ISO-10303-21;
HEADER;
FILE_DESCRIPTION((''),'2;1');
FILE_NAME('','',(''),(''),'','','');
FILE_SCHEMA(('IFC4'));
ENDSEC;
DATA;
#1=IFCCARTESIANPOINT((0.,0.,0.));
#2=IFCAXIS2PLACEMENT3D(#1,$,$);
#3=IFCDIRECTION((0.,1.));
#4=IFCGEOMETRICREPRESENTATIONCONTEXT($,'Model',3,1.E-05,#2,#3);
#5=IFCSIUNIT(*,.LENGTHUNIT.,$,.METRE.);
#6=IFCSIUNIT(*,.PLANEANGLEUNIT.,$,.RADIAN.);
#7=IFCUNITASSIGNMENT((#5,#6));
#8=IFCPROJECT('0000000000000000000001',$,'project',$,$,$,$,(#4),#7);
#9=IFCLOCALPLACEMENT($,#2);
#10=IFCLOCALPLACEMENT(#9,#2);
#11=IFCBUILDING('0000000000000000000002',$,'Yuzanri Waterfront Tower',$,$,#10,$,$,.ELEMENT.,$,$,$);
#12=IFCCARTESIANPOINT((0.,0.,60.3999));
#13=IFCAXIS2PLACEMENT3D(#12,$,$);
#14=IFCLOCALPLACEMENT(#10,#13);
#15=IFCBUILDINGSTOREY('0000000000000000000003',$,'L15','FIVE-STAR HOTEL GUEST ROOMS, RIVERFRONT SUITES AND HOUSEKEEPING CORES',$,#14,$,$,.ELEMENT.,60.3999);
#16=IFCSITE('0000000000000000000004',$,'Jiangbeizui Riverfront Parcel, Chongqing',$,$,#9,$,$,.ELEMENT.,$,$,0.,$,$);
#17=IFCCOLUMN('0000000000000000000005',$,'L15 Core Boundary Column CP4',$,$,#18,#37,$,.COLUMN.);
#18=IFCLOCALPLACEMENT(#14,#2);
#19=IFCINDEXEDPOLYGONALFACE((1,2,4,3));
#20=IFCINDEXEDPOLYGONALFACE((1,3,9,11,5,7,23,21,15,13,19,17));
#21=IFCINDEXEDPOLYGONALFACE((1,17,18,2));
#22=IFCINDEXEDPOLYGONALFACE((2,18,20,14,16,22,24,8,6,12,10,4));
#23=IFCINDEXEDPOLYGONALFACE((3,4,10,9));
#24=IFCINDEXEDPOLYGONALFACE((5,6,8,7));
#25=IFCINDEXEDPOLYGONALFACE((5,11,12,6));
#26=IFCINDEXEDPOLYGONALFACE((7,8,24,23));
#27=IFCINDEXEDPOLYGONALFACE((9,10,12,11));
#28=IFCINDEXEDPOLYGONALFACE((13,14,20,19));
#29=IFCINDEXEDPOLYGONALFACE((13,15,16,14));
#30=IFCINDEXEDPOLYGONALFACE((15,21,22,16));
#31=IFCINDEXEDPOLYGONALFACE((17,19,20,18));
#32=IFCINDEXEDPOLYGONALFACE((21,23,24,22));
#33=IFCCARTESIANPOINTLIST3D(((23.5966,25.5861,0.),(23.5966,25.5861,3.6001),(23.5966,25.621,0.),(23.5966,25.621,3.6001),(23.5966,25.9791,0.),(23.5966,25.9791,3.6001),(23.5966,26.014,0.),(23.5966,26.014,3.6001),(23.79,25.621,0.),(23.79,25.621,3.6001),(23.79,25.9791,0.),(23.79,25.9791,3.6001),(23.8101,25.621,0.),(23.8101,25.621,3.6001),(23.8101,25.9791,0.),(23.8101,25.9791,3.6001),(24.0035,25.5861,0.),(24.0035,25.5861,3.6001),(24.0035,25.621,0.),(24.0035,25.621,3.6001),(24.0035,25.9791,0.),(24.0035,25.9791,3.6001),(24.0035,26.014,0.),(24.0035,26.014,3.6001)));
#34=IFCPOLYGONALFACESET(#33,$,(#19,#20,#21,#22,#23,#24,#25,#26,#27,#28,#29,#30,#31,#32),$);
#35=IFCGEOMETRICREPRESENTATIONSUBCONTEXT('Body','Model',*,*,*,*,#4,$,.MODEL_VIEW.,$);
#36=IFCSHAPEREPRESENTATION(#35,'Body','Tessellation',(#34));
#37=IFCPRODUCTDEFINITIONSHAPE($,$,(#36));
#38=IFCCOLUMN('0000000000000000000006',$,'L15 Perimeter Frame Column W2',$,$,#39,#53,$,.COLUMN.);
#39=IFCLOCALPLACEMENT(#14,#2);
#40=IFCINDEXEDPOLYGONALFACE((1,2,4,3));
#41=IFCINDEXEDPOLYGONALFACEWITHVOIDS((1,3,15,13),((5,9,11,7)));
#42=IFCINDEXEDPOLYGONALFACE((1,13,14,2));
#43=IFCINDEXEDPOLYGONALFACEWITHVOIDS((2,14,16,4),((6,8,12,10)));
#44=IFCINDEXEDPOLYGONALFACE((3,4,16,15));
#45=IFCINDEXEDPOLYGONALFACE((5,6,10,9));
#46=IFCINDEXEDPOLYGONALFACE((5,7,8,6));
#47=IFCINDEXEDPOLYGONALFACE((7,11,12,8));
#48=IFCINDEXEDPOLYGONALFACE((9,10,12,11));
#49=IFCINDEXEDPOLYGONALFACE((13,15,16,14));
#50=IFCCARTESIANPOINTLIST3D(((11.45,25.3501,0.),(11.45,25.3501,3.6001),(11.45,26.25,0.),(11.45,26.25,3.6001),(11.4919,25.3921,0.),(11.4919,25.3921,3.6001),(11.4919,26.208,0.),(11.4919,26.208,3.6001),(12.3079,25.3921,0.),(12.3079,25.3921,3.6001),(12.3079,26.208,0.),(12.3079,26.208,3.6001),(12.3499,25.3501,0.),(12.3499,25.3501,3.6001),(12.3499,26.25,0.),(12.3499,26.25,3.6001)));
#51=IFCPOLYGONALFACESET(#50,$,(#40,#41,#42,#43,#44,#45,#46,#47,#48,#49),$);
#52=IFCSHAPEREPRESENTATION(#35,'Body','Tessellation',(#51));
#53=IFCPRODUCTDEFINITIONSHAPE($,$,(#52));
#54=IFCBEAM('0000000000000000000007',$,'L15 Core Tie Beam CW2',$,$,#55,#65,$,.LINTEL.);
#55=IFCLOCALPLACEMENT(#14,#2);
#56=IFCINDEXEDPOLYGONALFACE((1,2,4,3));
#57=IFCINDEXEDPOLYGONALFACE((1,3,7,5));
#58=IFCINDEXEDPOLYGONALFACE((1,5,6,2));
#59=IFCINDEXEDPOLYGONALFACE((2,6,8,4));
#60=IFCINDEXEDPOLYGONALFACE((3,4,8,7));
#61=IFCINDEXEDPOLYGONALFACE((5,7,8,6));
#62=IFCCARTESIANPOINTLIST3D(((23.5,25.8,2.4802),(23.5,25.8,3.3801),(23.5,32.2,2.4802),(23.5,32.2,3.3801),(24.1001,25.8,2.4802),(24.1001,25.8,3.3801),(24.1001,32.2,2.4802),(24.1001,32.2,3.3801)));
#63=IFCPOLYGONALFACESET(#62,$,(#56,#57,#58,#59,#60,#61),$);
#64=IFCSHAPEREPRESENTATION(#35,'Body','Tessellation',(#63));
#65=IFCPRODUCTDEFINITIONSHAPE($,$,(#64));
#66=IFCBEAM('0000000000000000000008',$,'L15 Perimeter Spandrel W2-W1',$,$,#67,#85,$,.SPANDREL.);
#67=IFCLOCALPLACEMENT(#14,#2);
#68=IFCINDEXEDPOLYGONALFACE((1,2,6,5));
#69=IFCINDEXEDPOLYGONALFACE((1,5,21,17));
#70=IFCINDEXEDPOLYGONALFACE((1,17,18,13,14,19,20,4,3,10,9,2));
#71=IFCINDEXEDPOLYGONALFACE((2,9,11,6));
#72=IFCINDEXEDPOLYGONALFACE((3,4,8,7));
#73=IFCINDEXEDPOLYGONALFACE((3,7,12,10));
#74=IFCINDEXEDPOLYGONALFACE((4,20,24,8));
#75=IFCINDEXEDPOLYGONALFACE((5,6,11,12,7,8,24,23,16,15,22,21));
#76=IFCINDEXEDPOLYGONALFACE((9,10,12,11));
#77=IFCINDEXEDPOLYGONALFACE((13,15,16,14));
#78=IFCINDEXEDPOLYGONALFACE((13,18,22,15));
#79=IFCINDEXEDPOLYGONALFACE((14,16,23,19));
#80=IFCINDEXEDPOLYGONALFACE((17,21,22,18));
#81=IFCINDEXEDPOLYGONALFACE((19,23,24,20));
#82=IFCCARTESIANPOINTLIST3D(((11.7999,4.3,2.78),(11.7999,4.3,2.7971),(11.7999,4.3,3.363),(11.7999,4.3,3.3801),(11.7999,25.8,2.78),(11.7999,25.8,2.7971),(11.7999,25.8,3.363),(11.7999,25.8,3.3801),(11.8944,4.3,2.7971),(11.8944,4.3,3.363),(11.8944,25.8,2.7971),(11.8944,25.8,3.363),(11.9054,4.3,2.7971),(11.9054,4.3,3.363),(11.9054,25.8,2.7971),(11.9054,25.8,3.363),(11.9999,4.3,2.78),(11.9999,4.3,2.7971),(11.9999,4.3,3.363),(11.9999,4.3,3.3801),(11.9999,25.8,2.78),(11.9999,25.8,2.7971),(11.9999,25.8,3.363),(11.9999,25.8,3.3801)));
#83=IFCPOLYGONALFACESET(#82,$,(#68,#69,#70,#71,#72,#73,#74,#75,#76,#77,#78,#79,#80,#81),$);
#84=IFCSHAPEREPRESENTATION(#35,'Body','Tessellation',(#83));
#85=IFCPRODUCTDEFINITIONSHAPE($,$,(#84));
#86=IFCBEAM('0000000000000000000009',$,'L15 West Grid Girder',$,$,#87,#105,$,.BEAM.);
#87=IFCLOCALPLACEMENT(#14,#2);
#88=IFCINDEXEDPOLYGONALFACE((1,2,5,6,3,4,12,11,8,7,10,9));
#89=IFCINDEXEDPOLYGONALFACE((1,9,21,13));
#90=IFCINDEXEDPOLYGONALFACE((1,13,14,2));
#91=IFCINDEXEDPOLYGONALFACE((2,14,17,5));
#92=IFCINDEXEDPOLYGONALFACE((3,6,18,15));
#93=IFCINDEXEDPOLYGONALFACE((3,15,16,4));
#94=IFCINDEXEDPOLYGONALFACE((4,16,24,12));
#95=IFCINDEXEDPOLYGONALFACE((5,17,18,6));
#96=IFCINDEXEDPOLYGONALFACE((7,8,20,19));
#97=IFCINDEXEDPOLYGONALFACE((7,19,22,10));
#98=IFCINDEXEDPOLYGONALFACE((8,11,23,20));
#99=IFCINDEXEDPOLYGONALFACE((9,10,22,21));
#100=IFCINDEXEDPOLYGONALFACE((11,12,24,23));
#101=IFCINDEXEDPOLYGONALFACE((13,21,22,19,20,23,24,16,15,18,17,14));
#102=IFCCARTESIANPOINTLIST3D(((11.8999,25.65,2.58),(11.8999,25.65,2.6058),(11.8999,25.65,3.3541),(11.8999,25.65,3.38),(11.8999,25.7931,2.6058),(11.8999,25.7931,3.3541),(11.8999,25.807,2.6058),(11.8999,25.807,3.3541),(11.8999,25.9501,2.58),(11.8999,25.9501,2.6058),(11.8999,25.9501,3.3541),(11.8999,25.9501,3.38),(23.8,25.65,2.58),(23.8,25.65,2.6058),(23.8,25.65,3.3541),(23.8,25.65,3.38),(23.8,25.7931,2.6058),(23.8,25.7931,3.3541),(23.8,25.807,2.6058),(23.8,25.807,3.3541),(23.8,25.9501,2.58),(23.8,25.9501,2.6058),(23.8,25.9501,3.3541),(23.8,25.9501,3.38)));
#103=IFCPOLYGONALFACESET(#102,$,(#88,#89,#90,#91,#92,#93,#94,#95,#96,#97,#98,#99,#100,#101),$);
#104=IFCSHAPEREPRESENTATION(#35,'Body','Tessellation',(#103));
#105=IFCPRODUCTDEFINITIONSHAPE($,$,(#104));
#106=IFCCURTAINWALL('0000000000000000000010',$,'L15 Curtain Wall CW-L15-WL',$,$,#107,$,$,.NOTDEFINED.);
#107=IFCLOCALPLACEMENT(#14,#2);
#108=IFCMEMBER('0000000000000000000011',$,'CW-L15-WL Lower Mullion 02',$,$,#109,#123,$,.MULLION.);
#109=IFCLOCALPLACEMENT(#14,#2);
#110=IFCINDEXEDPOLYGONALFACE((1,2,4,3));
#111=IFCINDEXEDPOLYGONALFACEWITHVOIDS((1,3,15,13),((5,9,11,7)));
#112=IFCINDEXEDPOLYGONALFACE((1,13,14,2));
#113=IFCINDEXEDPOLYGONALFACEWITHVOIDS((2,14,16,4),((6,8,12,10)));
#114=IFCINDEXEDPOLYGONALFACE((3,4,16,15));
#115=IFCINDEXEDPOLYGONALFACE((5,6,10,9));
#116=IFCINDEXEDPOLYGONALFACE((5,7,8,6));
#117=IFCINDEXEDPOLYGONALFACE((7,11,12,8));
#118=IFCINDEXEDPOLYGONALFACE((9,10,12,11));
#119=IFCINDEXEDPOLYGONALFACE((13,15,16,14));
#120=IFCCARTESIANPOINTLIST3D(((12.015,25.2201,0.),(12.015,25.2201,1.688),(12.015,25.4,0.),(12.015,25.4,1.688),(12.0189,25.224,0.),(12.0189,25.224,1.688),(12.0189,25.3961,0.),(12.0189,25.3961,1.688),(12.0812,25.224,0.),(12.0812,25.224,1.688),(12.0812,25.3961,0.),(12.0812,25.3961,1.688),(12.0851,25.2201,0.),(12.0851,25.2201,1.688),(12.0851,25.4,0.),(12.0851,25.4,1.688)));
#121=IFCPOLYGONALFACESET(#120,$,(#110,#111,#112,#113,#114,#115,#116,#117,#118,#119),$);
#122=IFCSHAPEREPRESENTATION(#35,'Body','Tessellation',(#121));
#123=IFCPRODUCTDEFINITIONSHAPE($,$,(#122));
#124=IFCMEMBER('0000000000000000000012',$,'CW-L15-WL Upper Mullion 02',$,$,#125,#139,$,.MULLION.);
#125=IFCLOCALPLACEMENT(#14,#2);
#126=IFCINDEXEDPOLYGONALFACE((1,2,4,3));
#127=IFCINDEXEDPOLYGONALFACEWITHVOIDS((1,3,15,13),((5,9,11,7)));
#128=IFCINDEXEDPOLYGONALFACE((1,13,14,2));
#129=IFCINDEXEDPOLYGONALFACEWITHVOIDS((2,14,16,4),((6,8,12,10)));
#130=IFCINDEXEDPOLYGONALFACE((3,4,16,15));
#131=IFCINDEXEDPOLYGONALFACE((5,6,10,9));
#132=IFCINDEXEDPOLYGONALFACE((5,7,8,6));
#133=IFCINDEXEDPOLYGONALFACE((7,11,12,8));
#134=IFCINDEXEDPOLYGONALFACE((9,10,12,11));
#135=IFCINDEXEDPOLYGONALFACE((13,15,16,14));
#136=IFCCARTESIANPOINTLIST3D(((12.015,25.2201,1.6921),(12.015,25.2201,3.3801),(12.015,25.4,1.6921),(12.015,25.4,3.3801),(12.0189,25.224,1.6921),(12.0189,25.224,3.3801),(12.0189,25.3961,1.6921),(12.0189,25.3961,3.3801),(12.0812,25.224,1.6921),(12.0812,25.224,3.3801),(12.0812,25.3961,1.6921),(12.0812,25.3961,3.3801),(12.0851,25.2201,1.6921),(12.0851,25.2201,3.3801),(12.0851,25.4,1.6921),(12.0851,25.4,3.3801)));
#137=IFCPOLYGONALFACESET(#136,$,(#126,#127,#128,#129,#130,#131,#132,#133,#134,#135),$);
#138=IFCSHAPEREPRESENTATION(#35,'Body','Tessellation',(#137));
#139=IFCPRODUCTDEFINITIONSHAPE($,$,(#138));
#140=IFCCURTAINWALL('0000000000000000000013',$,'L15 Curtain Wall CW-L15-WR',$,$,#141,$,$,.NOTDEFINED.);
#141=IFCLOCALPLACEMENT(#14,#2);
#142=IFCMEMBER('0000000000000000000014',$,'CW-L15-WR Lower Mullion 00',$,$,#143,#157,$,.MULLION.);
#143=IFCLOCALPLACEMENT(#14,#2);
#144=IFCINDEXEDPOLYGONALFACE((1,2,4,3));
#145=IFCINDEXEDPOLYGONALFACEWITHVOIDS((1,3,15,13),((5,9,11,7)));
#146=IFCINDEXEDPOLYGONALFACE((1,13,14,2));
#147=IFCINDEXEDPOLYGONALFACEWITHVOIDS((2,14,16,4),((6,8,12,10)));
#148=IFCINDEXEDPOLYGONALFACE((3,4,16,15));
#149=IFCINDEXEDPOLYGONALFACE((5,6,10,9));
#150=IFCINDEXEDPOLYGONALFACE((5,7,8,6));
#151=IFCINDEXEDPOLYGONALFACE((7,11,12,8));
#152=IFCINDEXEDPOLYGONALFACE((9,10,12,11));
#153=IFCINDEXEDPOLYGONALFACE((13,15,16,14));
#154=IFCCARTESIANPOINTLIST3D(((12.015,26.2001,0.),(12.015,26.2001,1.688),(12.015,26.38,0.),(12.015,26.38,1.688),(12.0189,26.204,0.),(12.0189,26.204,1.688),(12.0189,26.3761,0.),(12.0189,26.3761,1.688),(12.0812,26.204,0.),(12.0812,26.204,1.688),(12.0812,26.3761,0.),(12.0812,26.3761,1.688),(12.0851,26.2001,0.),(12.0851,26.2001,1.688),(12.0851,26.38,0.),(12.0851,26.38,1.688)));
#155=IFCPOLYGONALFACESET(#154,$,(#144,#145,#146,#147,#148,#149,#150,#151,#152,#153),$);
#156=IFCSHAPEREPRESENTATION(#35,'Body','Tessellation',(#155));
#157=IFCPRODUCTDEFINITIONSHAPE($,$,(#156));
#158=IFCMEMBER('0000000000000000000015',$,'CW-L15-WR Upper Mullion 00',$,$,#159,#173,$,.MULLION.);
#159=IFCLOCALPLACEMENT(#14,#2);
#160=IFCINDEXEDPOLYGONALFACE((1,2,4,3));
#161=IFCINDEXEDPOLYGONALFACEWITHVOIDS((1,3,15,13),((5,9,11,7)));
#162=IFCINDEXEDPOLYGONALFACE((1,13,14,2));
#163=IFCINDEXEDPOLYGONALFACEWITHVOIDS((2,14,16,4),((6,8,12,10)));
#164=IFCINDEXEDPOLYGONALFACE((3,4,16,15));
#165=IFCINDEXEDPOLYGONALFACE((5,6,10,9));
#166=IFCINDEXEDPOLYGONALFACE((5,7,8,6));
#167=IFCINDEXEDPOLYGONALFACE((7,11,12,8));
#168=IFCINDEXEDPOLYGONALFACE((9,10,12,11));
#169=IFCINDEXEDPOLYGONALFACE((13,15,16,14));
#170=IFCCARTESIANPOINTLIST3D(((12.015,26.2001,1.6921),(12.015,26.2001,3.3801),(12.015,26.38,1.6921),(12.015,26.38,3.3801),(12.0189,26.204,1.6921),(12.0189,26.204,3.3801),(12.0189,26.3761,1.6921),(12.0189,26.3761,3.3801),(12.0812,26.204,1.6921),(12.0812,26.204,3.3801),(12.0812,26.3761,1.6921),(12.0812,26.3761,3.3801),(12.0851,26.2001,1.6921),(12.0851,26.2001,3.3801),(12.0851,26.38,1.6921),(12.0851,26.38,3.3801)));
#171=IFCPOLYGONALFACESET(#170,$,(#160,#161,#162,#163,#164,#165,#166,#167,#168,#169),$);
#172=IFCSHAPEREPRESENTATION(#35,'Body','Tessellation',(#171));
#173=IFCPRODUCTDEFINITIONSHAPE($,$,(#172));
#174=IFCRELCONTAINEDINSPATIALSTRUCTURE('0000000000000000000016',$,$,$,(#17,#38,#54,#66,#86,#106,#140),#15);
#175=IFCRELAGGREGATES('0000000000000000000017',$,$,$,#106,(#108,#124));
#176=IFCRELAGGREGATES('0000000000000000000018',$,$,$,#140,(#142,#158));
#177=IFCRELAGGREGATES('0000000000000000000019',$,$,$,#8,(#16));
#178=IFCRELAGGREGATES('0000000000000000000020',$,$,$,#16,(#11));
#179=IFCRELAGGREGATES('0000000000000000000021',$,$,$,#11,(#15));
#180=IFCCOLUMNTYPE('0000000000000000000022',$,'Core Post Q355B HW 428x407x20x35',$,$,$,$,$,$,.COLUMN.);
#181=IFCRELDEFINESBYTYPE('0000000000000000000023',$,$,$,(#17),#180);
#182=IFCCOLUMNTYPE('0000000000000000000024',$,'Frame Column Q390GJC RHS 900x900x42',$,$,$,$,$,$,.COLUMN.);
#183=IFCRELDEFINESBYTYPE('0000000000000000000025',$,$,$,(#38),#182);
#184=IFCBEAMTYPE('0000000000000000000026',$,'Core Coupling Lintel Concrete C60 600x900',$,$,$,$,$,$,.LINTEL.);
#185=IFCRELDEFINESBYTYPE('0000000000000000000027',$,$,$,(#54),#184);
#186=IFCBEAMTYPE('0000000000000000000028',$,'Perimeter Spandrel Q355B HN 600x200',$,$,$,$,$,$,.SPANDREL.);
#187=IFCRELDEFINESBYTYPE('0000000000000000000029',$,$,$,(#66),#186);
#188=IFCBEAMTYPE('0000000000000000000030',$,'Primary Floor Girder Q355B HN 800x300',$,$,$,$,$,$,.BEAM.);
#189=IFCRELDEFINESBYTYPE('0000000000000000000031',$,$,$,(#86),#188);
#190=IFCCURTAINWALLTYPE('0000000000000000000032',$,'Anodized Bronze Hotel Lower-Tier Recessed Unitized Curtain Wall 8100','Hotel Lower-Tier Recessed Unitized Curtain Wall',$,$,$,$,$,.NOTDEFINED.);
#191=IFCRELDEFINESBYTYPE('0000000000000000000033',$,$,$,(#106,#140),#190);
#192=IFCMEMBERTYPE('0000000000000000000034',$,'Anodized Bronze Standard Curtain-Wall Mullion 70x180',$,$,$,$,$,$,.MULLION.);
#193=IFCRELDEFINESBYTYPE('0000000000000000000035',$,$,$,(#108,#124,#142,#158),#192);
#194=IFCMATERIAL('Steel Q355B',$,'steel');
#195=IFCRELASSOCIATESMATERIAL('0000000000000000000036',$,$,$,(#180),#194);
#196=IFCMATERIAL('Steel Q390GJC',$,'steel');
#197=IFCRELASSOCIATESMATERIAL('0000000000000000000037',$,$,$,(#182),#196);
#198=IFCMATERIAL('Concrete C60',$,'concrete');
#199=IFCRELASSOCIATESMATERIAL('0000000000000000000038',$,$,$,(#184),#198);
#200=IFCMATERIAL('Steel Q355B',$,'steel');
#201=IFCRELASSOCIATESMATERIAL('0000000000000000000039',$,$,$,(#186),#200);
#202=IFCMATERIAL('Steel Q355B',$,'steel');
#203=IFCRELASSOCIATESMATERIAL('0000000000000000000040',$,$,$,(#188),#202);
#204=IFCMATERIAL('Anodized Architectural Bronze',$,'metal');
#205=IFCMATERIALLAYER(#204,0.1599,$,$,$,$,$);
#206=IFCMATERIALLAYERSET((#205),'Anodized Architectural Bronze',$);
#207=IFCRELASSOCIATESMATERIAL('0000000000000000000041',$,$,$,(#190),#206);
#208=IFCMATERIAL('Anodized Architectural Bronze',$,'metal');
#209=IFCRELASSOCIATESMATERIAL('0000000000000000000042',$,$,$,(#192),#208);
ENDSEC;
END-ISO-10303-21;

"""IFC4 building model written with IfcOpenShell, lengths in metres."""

from ifc_helpers import new_model, si_unit, direction, frame, origin, origin_2d, place, context, subcontext, project, spatial, rectangle, hollow_rectangle, i_section, extrude, source, transform, mapped, material, layer, layer_set, material_profile, profile_set, type_object, element, aggregate, save


model = new_model("IFC4")

# Units and contexts
model_context = context("Model", 3, precision=1e-05, world=origin(), true_north=direction((0.0, 1.0)))
body_context = subcontext(model_context, "Body", "Model", "MODEL_VIEW")
ifc_project = project(units=[si_unit("LENGTHUNIT", "METRE"), si_unit("PLANEANGLEUNIT", "RADIAN")], contexts=[model_context])

# Site, building, storey
site_placement = place(None, origin())
site = spatial("IfcSite", under=ifc_project, at=site_placement, Name="Jiangbeizui Riverfront Parcel, Chongqing", CompositionType="ELEMENT", RefElevation=0.0)
building_placement = place(site_placement, origin())
building = spatial("IfcBuilding", under=site, at=building_placement, Name="Yuzanri Waterfront Tower", CompositionType="ELEMENT")
storey_placement = place(building_placement, frame((0.0, 0.0, 60.3999)))
storey = spatial("IfcBuildingStorey", under=building, at=storey_placement, Name="L15", Description="FIVE-STAR HOTEL GUEST ROOMS, RIVERFRONT SUITES AND HOUSEKEEPING CORES", CompositionType="ELEMENT", Elevation=60.3999)

# Columns
ifc_material_1 = material(Name="Steel Q355B", Category="steel")
ifc_material_profile_1 = material_profile(ifc_material_1, i_section(OverallWidth=0.407, OverallDepth=0.428, WebThickness=0.02, FlangeThickness=0.0349, at=origin_2d()), Name="HW 428x407x20x35")
ifc_profile_set_1 = profile_set([ifc_material_profile_1], Name="Steel Q355B")
column_type_1 = type_object("IfcColumnType", Name="Core Post Q355B HW 428x407x20x35", PredefinedType="COLUMN", material=ifc_profile_set_1)
shared_shape_1 = source(origin(), body_context, "Body", "SweptSolid", [
    extrude(i_section(OverallWidth=0.407, OverallDepth=0.428, WebThickness=0.02, FlangeThickness=0.0349, at=origin_2d()), origin(), (0.0, 0.0, 1.0), 3.6001),
])
column_1_placement = place(storey_placement, frame((23.8, 25.8, 0.0), z_axis=(0.0, 0.0, 1.0), x_axis=(1.0, 0.0, 0.0)))
element("IfcColumn", 1, at=column_1_placement, inside=storey, type_object=column_type_1, Name="L15 Core Boundary Column CP4", PredefinedType="COLUMN", context=body_context, shape_type="MappedRepresentation", body=[
    mapped(shared_shape_1, transform((0.0, 0.0, 0.0), scale=1.0)),
])
ifc_material_2 = material(Name="Steel Q390GJC", Category="steel")
ifc_material_profile_2 = material_profile(ifc_material_2, hollow_rectangle(XDim=0.8999, YDim=0.8999, WallThickness=0.042, at=origin_2d()), Name="RHS 900x900x42")
ifc_profile_set_2 = profile_set([ifc_material_profile_2], Name="Steel Q390GJC")
column_type_2 = type_object("IfcColumnType", Name="Frame Column Q390GJC RHS 900x900x42", PredefinedType="COLUMN", material=ifc_profile_set_2)
shared_shape_2 = source(origin(), body_context, "Body", "SweptSolid", [
    extrude(hollow_rectangle(XDim=0.8999, YDim=0.8999, WallThickness=0.042, at=origin_2d()), origin(), (0.0, 0.0, 1.0), 3.6001),
])
column_2_placement = place(storey_placement, frame((11.8999, 25.8, 0.0), z_axis=(0.0, 0.0, 1.0), x_axis=(1.0, 0.0, 0.0)))
element("IfcColumn", 2, at=column_2_placement, inside=storey, type_object=column_type_2, Name="L15 Perimeter Frame Column W2", PredefinedType="COLUMN", context=body_context, shape_type="MappedRepresentation", body=[
    mapped(shared_shape_2, transform((0.0, 0.0, 0.0), scale=1.0)),
])

# Beams
ifc_material_3 = material(Name="Concrete C60", Category="concrete")
ifc_material_profile_3 = material_profile(ifc_material_3, rectangle(XDim=0.6001, YDim=0.8999, at=origin_2d()), Name="RC 600x900")
ifc_profile_set_3 = profile_set([ifc_material_profile_3], Name="Concrete C60")
beam_type_1 = type_object("IfcBeamType", Name="Core Coupling Lintel Concrete C60 600x900", PredefinedType="LINTEL", material=ifc_profile_set_3)
shared_shape_3 = source(origin(), body_context, "Body", "SweptSolid", [
    extrude(rectangle(XDim=0.6001, YDim=0.8999, at=origin_2d()), origin(), (0.0, 0.0, 1.0), 6.3999),
])
beam_1_placement = place(storey_placement, frame((23.8, 25.8, 2.9302), z_axis=(0.0, 1.0, 0.0), x_axis=(-1.0, 0.0, 0.0)))
element("IfcBeam", 3, at=beam_1_placement, inside=storey, type_object=beam_type_1, Name="L15 Core Tie Beam CW2", PredefinedType="LINTEL", context=body_context, shape_type="MappedRepresentation", body=[
    mapped(shared_shape_3, transform((0.0, 0.0, 0.0), scale=1.0)),
])
ifc_material_4 = material(Name="Steel Q355B", Category="steel")
ifc_material_profile_4 = material_profile(ifc_material_4, i_section(OverallWidth=0.2, OverallDepth=0.6001, WebThickness=0.011, FlangeThickness=0.0171, at=origin_2d()), Name="HN 600x200x11x17")
ifc_profile_set_4 = profile_set([ifc_material_profile_4], Name="Steel Q355B")
beam_type_2 = type_object("IfcBeamType", Name="Perimeter Spandrel Q355B HN 600x200", PredefinedType="SPANDREL", material=ifc_profile_set_4)
shared_shape_4 = source(origin(), body_context, "Body", "SweptSolid", [
    extrude(i_section(OverallWidth=0.2, OverallDepth=0.6001, WebThickness=0.011, FlangeThickness=0.0171, at=origin_2d()), origin(), (0.0, 0.0, 1.0), 21.5),
])
beam_2_placement = place(storey_placement, frame((11.8999, 25.8, 3.0801), z_axis=(0.0, -1.0, 0.0), x_axis=(1.0, 0.0, 0.0)))
element("IfcBeam", 4, at=beam_2_placement, inside=storey, type_object=beam_type_2, Name="L15 Perimeter Spandrel W2-W1", PredefinedType="SPANDREL", context=body_context, shape_type="MappedRepresentation", body=[
    mapped(shared_shape_4, transform((0.0, 0.0, 0.0), scale=1.0)),
])
ifc_material_5 = material(Name="Steel Q355B", Category="steel")
ifc_material_profile_5 = material_profile(ifc_material_5, i_section(OverallWidth=0.3, OverallDepth=0.8, WebThickness=0.0139, FlangeThickness=0.0259, at=origin_2d()), Name="HN 800x300x14x26")
ifc_profile_set_5 = profile_set([ifc_material_profile_5], Name="Steel Q355B")
beam_type_3 = type_object("IfcBeamType", Name="Primary Floor Girder Q355B HN 800x300", PredefinedType="BEAM", material=ifc_profile_set_5)
shared_shape_5 = source(origin(), body_context, "Body", "SweptSolid", [
    extrude(i_section(OverallWidth=0.3, OverallDepth=0.8, WebThickness=0.0139, FlangeThickness=0.0259, at=origin_2d()), origin(), (0.0, 0.0, 1.0), 11.9001),
])
beam_3_placement = place(storey_placement, frame((23.8, 25.8, 2.98), z_axis=(-1.0, 0.0, 0.0), x_axis=(0.0, -1.0, 0.0)))
element("IfcBeam", 5, at=beam_3_placement, inside=storey, type_object=beam_type_3, Name="L15 West Grid Girder", PredefinedType="BEAM", context=body_context, shape_type="MappedRepresentation", body=[
    mapped(shared_shape_5, transform((0.0, 0.0, 0.0), scale=1.0)),
])

# Curtain wall, members
ifc_material_6 = material(Name="Anodized Architectural Bronze", Category="metal")
ifc_layer_1 = layer(ifc_material_6, 0.1599)
ifc_layer_set_1 = layer_set([ifc_layer_1], Name="Anodized Architectural Bronze")
curtain_wall_type = type_object("IfcCurtainWallType", Name="Anodized Bronze Hotel Lower-Tier Recessed Unitized Curtain Wall 8100", Description="Hotel Lower-Tier Recessed Unitized Curtain Wall", PredefinedType="NOTDEFINED", material=ifc_layer_set_1)
curtain_wall_1_placement = place(storey_placement, origin())
curtain_wall_1 = element("IfcCurtainWall", 6, at=curtain_wall_1_placement, inside=storey, type_object=curtain_wall_type, Name="L15 Curtain Wall CW-L15-WL", PredefinedType="NOTDEFINED")
ifc_material_7 = material(Name="Anodized Architectural Bronze", Category="metal")
ifc_material_profile_6 = material_profile(ifc_material_7, hollow_rectangle(XDim=0.0701, YDim=0.1799, WallThickness=0.0039, at=origin_2d()), Name="CWM 70x180")
ifc_profile_set_6 = profile_set([ifc_material_profile_6], Name="Anodized Architectural Bronze")
member_type_1 = type_object("IfcMemberType", Name="Anodized Bronze Standard Curtain-Wall Mullion 70x180", PredefinedType="MULLION", material=ifc_profile_set_6)
shared_shape_6 = source(origin(), body_context, "Body", "SweptSolid", [
    extrude(hollow_rectangle(XDim=0.0701, YDim=0.1799, WallThickness=0.0039, at=origin_2d()), origin(), (0.0, 0.0, 1.0), 1.688),
])
member_1_placement = place(storey_placement, frame((12.05, 25.3101, 0.0), z_axis=(0.0, 0.0, 1.0), x_axis=(1.0, 0.0, 0.0)))
member_1 = element("IfcMember", 7, at=member_1_placement, type_object=member_type_1, Name="CW-L15-WL Lower Mullion 02", PredefinedType="MULLION", context=body_context, shape_type="MappedRepresentation", body=[
    mapped(shared_shape_6, transform((0.0, 0.0, 0.0), scale=1.0)),
])
member_2_placement = place(storey_placement, frame((12.05, 25.3101, 1.6921), z_axis=(0.0, 0.0, 1.0), x_axis=(1.0, 0.0, 0.0)))
member_2 = element("IfcMember", 8, at=member_2_placement, type_object=member_type_1, Name="CW-L15-WL Upper Mullion 02", PredefinedType="MULLION", context=body_context, shape_type="MappedRepresentation", body=[
    mapped(shared_shape_6, transform((0.0, 0.0, 0.0), scale=1.0)),
])
aggregate(curtain_wall_1, [member_1, member_2])

# Curtain wall, members
curtain_wall_2_placement = place(storey_placement, origin())
curtain_wall_2 = element("IfcCurtainWall", 9, at=curtain_wall_2_placement, inside=storey, type_object=curtain_wall_type, Name="L15 Curtain Wall CW-L15-WR", PredefinedType="NOTDEFINED")
member_3_placement = place(storey_placement, frame((12.05, 26.29, 0.0), z_axis=(0.0, 0.0, 1.0), x_axis=(1.0, 0.0, 0.0)))
member_3 = element("IfcMember", 10, at=member_3_placement, type_object=member_type_1, Name="CW-L15-WR Lower Mullion 00", PredefinedType="MULLION", context=body_context, shape_type="MappedRepresentation", body=[
    mapped(shared_shape_6, transform((0.0, 0.0, 0.0), scale=1.0)),
])
member_4_placement = place(storey_placement, frame((12.05, 26.29, 1.6921), z_axis=(0.0, 0.0, 1.0), x_axis=(1.0, 0.0, 0.0)))
member_4 = element("IfcMember", 11, at=member_4_placement, type_object=member_type_1, Name="CW-L15-WR Upper Mullion 00", PredefinedType="MULLION", context=body_context, shape_type="MappedRepresentation", body=[
    mapped(shared_shape_6, transform((0.0, 0.0, 0.0), scale=1.0)),
])
aggregate(curtain_wall_2, [member_3, member_4])

save(model, "model.ifc")
